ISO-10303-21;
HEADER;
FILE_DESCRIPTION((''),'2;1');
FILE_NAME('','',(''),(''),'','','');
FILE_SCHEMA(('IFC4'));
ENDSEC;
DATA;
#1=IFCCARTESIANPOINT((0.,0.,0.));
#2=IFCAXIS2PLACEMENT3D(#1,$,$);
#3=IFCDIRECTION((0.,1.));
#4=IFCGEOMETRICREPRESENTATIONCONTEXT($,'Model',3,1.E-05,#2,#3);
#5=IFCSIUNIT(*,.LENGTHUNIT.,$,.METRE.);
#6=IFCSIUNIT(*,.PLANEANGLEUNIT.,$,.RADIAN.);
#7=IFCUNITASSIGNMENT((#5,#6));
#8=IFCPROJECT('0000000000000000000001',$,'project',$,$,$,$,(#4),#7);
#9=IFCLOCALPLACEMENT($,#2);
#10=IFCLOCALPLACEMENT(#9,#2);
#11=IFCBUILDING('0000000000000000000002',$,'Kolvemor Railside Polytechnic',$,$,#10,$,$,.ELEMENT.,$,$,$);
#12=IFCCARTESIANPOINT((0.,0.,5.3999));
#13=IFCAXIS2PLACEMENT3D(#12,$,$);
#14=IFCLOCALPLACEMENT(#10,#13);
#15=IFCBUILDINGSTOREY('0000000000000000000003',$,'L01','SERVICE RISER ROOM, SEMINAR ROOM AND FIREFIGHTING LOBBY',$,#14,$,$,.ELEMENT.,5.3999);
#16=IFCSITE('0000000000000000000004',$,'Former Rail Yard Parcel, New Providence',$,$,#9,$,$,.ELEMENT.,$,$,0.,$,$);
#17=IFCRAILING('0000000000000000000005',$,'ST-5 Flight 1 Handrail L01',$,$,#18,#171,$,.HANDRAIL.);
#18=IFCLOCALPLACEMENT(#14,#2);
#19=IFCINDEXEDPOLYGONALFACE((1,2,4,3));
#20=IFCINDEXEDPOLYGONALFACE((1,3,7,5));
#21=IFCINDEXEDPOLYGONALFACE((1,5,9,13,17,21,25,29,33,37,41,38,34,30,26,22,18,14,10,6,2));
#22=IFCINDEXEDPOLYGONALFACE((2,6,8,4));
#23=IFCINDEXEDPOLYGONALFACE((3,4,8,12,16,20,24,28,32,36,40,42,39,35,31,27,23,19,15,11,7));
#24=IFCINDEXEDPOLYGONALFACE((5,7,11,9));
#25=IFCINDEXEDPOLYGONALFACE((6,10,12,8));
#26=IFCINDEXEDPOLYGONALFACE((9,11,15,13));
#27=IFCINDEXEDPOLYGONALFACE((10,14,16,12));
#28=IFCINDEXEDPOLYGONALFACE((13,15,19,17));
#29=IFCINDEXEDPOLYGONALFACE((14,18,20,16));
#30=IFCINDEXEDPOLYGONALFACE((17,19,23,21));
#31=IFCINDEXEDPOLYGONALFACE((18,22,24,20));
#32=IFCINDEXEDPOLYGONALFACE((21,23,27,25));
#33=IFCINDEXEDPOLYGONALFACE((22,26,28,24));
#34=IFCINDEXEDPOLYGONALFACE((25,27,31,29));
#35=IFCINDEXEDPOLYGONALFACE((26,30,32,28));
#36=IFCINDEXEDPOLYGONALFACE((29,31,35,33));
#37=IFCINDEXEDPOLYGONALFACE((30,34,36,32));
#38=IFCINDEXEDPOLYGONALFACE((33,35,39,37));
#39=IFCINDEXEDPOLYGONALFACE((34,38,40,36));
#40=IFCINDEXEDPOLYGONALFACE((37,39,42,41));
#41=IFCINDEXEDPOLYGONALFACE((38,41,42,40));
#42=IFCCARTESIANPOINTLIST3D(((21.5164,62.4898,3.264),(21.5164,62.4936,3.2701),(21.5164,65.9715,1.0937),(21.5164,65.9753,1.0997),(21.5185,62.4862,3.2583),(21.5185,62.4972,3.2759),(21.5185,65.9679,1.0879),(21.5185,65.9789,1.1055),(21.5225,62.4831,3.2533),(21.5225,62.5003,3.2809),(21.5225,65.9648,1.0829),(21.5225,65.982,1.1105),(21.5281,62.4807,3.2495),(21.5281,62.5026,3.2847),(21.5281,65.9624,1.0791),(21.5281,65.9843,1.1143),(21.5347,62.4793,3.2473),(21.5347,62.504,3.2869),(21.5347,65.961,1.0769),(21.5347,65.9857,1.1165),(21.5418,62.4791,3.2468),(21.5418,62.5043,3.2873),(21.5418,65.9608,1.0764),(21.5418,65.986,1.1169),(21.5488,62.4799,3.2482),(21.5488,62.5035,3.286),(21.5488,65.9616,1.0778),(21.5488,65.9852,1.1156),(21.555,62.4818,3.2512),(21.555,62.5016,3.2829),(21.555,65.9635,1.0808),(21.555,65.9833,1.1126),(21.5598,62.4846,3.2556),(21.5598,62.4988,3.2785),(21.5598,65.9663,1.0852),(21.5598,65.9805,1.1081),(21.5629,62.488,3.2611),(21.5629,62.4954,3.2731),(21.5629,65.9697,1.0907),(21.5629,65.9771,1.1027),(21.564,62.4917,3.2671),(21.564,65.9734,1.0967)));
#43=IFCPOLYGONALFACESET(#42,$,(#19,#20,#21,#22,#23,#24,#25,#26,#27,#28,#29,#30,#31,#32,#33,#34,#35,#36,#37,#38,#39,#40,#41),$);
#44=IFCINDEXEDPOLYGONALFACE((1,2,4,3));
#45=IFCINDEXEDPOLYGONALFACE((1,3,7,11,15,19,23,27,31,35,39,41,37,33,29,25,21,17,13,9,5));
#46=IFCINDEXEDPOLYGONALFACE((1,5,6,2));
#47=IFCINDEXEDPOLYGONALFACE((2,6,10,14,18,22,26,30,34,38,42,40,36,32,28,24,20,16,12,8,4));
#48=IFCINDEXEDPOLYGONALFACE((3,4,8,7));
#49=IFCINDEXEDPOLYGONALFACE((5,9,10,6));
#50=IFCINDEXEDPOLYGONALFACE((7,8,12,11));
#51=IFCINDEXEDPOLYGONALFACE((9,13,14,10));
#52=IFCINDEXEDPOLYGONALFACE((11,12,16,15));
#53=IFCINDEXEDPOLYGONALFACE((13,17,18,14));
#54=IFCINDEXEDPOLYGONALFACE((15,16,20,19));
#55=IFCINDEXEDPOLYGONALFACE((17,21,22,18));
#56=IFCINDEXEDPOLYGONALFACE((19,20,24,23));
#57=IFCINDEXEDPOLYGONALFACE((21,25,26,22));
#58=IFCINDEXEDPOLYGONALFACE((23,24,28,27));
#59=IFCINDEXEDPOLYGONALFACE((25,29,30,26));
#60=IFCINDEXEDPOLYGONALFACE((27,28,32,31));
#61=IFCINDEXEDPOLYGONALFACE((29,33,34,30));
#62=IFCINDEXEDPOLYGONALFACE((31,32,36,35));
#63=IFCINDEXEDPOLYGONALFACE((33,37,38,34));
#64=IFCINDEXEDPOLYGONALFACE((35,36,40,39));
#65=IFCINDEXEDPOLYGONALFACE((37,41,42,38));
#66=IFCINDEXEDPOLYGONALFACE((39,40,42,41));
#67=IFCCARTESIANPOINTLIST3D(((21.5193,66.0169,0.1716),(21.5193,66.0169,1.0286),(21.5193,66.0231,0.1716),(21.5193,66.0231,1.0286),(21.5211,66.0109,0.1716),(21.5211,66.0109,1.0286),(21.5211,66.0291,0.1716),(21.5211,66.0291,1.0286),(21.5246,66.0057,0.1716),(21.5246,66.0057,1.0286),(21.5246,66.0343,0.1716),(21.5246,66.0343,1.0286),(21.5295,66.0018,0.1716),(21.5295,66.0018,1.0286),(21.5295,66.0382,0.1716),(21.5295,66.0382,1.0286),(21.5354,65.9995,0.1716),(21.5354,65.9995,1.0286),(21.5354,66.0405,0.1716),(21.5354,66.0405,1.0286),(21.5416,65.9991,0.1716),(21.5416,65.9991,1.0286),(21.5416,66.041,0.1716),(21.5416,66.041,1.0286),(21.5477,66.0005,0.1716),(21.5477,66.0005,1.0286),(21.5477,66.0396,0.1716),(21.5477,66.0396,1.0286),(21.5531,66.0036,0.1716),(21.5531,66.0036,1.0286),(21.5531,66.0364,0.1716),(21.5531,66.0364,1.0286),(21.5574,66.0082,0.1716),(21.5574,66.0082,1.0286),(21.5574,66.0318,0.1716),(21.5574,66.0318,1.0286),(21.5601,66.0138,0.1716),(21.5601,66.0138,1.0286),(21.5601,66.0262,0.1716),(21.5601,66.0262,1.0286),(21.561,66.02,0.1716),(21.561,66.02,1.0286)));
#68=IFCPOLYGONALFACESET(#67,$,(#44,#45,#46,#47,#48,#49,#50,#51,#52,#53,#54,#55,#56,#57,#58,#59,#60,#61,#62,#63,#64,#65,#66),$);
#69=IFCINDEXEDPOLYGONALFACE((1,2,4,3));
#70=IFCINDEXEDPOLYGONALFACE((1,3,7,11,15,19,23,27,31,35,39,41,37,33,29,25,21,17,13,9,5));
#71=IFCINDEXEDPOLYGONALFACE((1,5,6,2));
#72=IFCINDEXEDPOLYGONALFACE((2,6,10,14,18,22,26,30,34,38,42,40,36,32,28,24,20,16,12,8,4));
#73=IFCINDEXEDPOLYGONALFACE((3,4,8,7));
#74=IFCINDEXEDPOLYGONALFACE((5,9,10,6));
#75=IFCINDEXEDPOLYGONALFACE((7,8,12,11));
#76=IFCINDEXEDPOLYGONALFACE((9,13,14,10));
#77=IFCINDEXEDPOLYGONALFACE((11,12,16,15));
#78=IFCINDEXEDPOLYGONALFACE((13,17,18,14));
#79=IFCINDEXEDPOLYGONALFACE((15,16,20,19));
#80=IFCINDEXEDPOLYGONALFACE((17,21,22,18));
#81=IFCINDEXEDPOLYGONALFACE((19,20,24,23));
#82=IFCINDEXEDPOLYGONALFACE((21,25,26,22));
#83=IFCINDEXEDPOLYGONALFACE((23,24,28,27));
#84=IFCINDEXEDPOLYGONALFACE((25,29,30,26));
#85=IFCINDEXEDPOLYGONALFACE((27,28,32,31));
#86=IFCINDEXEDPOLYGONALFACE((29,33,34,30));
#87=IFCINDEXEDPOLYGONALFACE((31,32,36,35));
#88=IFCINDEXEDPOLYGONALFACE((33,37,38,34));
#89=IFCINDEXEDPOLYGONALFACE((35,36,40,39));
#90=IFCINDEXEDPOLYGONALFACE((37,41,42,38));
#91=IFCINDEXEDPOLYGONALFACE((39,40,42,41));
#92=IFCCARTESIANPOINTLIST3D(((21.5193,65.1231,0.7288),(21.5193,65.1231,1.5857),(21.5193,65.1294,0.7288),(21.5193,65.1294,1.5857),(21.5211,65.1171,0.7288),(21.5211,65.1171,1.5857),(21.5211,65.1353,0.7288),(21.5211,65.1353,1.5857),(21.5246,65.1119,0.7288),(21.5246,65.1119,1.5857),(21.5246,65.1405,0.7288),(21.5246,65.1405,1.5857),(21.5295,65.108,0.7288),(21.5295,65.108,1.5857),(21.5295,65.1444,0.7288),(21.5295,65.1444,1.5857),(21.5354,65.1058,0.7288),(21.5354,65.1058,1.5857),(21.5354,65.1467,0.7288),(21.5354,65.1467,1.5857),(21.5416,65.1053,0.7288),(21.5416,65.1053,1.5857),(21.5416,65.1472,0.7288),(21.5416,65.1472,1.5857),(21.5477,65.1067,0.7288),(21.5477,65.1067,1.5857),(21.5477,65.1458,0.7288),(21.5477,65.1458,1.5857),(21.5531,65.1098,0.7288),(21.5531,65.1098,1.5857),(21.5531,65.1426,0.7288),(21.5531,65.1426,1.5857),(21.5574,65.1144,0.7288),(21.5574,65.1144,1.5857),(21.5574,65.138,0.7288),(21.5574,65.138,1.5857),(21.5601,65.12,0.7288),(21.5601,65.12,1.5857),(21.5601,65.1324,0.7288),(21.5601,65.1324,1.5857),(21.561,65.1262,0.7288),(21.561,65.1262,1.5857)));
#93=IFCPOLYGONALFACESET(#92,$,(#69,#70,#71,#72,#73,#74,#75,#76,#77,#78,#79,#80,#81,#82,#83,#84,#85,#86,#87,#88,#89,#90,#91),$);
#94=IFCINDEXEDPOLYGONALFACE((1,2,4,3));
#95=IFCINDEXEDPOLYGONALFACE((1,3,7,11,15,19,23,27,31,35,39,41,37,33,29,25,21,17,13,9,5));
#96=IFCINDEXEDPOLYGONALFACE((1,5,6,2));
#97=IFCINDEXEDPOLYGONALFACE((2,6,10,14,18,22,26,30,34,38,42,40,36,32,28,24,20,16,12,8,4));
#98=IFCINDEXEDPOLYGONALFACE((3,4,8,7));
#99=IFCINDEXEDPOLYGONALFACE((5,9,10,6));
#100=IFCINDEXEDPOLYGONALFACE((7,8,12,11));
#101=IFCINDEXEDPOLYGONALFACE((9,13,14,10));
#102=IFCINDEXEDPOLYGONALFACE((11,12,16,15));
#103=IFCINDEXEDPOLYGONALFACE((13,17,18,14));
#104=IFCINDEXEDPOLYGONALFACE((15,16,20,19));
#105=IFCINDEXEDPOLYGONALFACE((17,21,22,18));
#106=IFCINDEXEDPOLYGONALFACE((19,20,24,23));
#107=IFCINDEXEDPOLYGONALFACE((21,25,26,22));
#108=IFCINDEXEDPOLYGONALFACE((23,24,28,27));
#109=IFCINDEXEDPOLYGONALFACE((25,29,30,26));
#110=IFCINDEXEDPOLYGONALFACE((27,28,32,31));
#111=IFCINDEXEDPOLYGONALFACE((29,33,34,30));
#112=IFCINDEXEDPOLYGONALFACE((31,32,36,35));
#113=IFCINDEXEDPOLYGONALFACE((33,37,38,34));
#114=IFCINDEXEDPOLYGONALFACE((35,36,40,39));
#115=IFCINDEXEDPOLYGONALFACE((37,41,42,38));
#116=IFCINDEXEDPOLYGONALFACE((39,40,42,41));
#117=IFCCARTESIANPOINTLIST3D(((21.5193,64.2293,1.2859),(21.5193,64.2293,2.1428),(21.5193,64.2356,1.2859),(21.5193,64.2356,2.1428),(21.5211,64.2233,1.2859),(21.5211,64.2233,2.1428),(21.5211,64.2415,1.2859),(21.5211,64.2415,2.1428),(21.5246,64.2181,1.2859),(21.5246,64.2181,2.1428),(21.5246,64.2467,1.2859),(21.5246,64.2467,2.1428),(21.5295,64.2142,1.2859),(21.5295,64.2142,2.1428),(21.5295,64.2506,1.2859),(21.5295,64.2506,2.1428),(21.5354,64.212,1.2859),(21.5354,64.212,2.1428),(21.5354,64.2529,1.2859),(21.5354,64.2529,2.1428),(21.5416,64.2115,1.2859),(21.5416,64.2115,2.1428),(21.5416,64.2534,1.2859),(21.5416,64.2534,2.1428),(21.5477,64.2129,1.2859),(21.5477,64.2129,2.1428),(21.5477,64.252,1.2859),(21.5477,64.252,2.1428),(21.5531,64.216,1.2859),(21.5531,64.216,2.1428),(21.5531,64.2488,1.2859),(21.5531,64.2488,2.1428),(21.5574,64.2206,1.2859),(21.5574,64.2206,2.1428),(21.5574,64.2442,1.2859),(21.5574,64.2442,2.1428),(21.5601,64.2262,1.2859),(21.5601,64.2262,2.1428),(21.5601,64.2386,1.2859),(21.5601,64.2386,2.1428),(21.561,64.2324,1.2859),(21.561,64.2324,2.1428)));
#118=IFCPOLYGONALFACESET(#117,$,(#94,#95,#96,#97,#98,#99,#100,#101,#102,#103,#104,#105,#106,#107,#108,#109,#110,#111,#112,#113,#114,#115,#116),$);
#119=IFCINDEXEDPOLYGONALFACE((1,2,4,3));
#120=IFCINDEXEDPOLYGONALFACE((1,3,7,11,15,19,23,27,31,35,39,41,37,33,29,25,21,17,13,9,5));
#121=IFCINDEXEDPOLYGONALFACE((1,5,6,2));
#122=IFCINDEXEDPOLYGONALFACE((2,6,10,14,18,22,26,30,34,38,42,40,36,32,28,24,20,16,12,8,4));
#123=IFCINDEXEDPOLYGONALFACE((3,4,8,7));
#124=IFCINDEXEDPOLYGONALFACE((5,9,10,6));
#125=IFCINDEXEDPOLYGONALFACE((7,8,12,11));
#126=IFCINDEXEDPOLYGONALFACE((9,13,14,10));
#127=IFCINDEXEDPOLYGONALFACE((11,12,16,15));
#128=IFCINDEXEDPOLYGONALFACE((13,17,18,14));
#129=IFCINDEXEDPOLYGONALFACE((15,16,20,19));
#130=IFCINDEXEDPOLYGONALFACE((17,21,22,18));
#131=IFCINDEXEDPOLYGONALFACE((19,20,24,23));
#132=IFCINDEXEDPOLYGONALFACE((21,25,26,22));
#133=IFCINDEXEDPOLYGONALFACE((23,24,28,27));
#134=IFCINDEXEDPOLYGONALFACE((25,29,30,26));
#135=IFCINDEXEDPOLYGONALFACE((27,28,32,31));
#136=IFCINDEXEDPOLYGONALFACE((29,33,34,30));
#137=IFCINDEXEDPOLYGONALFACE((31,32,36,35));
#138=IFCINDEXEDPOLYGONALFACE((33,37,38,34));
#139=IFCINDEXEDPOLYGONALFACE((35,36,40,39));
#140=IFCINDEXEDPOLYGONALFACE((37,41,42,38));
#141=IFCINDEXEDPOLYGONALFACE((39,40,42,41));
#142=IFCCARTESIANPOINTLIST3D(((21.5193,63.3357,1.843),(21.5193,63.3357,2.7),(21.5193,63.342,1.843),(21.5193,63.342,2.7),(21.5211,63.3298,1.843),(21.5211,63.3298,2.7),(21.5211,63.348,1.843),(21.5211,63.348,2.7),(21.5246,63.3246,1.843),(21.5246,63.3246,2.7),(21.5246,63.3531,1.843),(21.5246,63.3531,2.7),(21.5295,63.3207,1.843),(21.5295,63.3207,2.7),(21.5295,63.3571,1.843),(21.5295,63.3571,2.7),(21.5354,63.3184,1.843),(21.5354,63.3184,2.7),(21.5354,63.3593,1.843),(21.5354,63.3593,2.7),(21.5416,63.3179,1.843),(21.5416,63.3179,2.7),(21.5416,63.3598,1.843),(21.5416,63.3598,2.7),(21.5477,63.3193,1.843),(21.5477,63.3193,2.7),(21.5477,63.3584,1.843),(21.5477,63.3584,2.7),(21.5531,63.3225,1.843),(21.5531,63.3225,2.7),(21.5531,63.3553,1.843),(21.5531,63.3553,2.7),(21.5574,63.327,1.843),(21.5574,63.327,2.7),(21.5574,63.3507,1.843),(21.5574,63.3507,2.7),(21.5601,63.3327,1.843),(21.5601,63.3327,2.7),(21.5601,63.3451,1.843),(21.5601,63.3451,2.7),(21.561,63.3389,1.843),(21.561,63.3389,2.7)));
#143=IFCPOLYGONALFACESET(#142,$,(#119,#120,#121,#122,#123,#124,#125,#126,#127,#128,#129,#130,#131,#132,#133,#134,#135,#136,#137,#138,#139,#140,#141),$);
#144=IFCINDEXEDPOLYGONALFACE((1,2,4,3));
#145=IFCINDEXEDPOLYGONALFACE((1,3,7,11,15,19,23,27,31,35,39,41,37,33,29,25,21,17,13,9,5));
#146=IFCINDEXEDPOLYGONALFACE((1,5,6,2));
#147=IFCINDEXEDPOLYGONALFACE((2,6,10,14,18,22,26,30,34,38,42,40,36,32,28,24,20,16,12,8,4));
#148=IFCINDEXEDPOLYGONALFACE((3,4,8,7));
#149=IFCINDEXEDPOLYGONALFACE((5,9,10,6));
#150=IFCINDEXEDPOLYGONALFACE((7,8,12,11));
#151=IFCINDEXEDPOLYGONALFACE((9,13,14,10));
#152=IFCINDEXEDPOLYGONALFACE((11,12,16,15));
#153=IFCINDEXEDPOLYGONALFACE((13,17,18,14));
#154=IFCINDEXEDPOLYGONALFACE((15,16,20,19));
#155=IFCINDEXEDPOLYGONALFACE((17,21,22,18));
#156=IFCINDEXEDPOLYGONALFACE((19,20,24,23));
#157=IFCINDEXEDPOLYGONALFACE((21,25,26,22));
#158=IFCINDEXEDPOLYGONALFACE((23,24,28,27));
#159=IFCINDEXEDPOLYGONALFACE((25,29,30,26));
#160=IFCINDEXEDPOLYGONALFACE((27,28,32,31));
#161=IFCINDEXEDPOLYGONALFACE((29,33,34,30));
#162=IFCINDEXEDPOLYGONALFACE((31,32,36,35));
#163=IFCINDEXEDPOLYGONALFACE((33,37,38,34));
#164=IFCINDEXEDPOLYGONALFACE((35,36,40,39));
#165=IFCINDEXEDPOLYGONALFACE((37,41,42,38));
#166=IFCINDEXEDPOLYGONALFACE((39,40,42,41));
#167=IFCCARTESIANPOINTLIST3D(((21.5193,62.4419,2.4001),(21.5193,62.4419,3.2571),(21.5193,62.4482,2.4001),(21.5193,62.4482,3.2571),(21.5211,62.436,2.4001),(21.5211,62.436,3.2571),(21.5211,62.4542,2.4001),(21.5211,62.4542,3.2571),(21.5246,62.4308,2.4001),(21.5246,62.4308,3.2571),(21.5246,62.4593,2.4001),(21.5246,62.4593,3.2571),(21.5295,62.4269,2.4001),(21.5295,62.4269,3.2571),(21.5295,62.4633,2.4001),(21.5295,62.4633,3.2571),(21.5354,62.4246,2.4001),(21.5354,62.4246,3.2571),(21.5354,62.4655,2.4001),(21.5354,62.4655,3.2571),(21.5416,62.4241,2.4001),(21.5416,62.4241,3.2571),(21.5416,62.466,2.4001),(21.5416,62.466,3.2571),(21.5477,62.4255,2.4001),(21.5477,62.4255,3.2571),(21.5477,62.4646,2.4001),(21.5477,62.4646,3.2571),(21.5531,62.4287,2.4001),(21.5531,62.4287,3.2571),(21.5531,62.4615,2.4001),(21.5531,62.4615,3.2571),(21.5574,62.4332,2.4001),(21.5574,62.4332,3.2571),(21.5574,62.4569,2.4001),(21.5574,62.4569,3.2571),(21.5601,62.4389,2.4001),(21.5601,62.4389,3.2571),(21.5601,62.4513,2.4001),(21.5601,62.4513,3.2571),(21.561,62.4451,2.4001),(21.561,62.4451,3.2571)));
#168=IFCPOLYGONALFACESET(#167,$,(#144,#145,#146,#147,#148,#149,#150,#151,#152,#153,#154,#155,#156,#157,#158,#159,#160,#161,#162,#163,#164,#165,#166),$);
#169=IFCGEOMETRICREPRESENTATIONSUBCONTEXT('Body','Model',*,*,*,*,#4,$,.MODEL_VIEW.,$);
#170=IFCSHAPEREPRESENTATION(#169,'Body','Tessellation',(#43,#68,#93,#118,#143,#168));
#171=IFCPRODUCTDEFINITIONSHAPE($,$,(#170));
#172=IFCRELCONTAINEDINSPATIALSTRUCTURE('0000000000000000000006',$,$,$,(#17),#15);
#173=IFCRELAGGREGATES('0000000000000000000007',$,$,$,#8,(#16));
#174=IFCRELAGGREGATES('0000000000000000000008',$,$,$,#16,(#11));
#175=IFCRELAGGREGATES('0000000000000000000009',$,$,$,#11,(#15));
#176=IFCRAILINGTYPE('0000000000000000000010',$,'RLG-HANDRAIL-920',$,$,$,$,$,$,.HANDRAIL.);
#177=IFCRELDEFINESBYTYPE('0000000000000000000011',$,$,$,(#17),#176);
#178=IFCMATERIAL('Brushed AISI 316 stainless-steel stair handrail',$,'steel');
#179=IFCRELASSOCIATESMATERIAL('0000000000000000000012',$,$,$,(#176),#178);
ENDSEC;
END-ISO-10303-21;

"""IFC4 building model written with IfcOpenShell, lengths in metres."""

from ifc_helpers import new_model, si_unit, direction, frame, origin, origin_2d, place, context, subcontext, project, spatial, circle, extrude, material, type_object, element, save


model = new_model("IFC4")

# Units and contexts
model_context = context("Model", 3, precision=1e-05, world=origin(), true_north=direction((0.0, 1.0)))
body_context = subcontext(model_context, "Body", "Model", "MODEL_VIEW")
ifc_project = project(units=[si_unit("LENGTHUNIT", "METRE"), si_unit("PLANEANGLEUNIT", "RADIAN")], contexts=[model_context])

# Site, building, storey
site_placement = place(None, origin())
site = spatial("IfcSite", under=ifc_project, at=site_placement, Name="Former Rail Yard Parcel, New Providence", CompositionType="ELEMENT", RefElevation=0.0)
building_placement = place(site_placement, origin())
building = spatial("IfcBuilding", under=site, at=building_placement, Name="Kolvemor Railside Polytechnic", CompositionType="ELEMENT")
storey_placement = place(building_placement, frame((0.0, 0.0, 5.3999)))
storey = spatial("IfcBuildingStorey", under=building, at=storey_placement, Name="L01", Description="SERVICE RISER ROOM, SEMINAR ROOM AND FIREFIGHTING LOBBY", CompositionType="ELEMENT", Elevation=5.3999)

# Railing
ifc_material_1 = material(Name="Brushed AISI 316 stainless-steel stair handrail", Category="steel")
railing_type_1 = type_object("IfcRailingType", Name="RLG-HANDRAIL-920", PredefinedType="HANDRAIL", material=ifc_material_1)
railing_1_placement = place(storey_placement, frame((21.54, 66.02, 0.1716)))
element("IfcRailing", 1, at=railing_1_placement, inside=storey, type_object=railing_type_1, Name="ST-5 Flight 1 Handrail L01", PredefinedType="HANDRAIL", context=body_context, shape_type="SweptSolid", body=[
    extrude(circle(Radius=0.0239, at=origin_2d()), frame((0.0, -0.0466, 0.925), z_axis=(0.0, -0.84862, 0.529004), x_axis=(1.0, 0.0, 0.0)), (0.0, 0.0, 1.0), 4.1028),
    extrude(circle(Radius=0.021, at=origin_2d()), origin(), (0.0, 0.0, 1.0), 0.8569),
    extrude(circle(Radius=0.021, at=origin_2d()), frame((0.0, -0.8938, 0.5571)), (0.0, 0.0, 1.0), 0.8569),
    extrude(circle(Radius=0.021, at=origin_2d()), frame((0.0, -1.7876, 1.1143)), (0.0, 0.0, 1.0), 0.8569),
    extrude(circle(Radius=0.021, at=origin_2d()), frame((0.0, -2.6812, 1.6714)), (0.0, 0.0, 1.0), 0.8569),
    extrude(circle(Radius=0.021, at=origin_2d()), frame((0.0, -3.575, 2.2285)), (0.0, 0.0, 1.0), 0.8569),
])

save(model, "model.ifc")
